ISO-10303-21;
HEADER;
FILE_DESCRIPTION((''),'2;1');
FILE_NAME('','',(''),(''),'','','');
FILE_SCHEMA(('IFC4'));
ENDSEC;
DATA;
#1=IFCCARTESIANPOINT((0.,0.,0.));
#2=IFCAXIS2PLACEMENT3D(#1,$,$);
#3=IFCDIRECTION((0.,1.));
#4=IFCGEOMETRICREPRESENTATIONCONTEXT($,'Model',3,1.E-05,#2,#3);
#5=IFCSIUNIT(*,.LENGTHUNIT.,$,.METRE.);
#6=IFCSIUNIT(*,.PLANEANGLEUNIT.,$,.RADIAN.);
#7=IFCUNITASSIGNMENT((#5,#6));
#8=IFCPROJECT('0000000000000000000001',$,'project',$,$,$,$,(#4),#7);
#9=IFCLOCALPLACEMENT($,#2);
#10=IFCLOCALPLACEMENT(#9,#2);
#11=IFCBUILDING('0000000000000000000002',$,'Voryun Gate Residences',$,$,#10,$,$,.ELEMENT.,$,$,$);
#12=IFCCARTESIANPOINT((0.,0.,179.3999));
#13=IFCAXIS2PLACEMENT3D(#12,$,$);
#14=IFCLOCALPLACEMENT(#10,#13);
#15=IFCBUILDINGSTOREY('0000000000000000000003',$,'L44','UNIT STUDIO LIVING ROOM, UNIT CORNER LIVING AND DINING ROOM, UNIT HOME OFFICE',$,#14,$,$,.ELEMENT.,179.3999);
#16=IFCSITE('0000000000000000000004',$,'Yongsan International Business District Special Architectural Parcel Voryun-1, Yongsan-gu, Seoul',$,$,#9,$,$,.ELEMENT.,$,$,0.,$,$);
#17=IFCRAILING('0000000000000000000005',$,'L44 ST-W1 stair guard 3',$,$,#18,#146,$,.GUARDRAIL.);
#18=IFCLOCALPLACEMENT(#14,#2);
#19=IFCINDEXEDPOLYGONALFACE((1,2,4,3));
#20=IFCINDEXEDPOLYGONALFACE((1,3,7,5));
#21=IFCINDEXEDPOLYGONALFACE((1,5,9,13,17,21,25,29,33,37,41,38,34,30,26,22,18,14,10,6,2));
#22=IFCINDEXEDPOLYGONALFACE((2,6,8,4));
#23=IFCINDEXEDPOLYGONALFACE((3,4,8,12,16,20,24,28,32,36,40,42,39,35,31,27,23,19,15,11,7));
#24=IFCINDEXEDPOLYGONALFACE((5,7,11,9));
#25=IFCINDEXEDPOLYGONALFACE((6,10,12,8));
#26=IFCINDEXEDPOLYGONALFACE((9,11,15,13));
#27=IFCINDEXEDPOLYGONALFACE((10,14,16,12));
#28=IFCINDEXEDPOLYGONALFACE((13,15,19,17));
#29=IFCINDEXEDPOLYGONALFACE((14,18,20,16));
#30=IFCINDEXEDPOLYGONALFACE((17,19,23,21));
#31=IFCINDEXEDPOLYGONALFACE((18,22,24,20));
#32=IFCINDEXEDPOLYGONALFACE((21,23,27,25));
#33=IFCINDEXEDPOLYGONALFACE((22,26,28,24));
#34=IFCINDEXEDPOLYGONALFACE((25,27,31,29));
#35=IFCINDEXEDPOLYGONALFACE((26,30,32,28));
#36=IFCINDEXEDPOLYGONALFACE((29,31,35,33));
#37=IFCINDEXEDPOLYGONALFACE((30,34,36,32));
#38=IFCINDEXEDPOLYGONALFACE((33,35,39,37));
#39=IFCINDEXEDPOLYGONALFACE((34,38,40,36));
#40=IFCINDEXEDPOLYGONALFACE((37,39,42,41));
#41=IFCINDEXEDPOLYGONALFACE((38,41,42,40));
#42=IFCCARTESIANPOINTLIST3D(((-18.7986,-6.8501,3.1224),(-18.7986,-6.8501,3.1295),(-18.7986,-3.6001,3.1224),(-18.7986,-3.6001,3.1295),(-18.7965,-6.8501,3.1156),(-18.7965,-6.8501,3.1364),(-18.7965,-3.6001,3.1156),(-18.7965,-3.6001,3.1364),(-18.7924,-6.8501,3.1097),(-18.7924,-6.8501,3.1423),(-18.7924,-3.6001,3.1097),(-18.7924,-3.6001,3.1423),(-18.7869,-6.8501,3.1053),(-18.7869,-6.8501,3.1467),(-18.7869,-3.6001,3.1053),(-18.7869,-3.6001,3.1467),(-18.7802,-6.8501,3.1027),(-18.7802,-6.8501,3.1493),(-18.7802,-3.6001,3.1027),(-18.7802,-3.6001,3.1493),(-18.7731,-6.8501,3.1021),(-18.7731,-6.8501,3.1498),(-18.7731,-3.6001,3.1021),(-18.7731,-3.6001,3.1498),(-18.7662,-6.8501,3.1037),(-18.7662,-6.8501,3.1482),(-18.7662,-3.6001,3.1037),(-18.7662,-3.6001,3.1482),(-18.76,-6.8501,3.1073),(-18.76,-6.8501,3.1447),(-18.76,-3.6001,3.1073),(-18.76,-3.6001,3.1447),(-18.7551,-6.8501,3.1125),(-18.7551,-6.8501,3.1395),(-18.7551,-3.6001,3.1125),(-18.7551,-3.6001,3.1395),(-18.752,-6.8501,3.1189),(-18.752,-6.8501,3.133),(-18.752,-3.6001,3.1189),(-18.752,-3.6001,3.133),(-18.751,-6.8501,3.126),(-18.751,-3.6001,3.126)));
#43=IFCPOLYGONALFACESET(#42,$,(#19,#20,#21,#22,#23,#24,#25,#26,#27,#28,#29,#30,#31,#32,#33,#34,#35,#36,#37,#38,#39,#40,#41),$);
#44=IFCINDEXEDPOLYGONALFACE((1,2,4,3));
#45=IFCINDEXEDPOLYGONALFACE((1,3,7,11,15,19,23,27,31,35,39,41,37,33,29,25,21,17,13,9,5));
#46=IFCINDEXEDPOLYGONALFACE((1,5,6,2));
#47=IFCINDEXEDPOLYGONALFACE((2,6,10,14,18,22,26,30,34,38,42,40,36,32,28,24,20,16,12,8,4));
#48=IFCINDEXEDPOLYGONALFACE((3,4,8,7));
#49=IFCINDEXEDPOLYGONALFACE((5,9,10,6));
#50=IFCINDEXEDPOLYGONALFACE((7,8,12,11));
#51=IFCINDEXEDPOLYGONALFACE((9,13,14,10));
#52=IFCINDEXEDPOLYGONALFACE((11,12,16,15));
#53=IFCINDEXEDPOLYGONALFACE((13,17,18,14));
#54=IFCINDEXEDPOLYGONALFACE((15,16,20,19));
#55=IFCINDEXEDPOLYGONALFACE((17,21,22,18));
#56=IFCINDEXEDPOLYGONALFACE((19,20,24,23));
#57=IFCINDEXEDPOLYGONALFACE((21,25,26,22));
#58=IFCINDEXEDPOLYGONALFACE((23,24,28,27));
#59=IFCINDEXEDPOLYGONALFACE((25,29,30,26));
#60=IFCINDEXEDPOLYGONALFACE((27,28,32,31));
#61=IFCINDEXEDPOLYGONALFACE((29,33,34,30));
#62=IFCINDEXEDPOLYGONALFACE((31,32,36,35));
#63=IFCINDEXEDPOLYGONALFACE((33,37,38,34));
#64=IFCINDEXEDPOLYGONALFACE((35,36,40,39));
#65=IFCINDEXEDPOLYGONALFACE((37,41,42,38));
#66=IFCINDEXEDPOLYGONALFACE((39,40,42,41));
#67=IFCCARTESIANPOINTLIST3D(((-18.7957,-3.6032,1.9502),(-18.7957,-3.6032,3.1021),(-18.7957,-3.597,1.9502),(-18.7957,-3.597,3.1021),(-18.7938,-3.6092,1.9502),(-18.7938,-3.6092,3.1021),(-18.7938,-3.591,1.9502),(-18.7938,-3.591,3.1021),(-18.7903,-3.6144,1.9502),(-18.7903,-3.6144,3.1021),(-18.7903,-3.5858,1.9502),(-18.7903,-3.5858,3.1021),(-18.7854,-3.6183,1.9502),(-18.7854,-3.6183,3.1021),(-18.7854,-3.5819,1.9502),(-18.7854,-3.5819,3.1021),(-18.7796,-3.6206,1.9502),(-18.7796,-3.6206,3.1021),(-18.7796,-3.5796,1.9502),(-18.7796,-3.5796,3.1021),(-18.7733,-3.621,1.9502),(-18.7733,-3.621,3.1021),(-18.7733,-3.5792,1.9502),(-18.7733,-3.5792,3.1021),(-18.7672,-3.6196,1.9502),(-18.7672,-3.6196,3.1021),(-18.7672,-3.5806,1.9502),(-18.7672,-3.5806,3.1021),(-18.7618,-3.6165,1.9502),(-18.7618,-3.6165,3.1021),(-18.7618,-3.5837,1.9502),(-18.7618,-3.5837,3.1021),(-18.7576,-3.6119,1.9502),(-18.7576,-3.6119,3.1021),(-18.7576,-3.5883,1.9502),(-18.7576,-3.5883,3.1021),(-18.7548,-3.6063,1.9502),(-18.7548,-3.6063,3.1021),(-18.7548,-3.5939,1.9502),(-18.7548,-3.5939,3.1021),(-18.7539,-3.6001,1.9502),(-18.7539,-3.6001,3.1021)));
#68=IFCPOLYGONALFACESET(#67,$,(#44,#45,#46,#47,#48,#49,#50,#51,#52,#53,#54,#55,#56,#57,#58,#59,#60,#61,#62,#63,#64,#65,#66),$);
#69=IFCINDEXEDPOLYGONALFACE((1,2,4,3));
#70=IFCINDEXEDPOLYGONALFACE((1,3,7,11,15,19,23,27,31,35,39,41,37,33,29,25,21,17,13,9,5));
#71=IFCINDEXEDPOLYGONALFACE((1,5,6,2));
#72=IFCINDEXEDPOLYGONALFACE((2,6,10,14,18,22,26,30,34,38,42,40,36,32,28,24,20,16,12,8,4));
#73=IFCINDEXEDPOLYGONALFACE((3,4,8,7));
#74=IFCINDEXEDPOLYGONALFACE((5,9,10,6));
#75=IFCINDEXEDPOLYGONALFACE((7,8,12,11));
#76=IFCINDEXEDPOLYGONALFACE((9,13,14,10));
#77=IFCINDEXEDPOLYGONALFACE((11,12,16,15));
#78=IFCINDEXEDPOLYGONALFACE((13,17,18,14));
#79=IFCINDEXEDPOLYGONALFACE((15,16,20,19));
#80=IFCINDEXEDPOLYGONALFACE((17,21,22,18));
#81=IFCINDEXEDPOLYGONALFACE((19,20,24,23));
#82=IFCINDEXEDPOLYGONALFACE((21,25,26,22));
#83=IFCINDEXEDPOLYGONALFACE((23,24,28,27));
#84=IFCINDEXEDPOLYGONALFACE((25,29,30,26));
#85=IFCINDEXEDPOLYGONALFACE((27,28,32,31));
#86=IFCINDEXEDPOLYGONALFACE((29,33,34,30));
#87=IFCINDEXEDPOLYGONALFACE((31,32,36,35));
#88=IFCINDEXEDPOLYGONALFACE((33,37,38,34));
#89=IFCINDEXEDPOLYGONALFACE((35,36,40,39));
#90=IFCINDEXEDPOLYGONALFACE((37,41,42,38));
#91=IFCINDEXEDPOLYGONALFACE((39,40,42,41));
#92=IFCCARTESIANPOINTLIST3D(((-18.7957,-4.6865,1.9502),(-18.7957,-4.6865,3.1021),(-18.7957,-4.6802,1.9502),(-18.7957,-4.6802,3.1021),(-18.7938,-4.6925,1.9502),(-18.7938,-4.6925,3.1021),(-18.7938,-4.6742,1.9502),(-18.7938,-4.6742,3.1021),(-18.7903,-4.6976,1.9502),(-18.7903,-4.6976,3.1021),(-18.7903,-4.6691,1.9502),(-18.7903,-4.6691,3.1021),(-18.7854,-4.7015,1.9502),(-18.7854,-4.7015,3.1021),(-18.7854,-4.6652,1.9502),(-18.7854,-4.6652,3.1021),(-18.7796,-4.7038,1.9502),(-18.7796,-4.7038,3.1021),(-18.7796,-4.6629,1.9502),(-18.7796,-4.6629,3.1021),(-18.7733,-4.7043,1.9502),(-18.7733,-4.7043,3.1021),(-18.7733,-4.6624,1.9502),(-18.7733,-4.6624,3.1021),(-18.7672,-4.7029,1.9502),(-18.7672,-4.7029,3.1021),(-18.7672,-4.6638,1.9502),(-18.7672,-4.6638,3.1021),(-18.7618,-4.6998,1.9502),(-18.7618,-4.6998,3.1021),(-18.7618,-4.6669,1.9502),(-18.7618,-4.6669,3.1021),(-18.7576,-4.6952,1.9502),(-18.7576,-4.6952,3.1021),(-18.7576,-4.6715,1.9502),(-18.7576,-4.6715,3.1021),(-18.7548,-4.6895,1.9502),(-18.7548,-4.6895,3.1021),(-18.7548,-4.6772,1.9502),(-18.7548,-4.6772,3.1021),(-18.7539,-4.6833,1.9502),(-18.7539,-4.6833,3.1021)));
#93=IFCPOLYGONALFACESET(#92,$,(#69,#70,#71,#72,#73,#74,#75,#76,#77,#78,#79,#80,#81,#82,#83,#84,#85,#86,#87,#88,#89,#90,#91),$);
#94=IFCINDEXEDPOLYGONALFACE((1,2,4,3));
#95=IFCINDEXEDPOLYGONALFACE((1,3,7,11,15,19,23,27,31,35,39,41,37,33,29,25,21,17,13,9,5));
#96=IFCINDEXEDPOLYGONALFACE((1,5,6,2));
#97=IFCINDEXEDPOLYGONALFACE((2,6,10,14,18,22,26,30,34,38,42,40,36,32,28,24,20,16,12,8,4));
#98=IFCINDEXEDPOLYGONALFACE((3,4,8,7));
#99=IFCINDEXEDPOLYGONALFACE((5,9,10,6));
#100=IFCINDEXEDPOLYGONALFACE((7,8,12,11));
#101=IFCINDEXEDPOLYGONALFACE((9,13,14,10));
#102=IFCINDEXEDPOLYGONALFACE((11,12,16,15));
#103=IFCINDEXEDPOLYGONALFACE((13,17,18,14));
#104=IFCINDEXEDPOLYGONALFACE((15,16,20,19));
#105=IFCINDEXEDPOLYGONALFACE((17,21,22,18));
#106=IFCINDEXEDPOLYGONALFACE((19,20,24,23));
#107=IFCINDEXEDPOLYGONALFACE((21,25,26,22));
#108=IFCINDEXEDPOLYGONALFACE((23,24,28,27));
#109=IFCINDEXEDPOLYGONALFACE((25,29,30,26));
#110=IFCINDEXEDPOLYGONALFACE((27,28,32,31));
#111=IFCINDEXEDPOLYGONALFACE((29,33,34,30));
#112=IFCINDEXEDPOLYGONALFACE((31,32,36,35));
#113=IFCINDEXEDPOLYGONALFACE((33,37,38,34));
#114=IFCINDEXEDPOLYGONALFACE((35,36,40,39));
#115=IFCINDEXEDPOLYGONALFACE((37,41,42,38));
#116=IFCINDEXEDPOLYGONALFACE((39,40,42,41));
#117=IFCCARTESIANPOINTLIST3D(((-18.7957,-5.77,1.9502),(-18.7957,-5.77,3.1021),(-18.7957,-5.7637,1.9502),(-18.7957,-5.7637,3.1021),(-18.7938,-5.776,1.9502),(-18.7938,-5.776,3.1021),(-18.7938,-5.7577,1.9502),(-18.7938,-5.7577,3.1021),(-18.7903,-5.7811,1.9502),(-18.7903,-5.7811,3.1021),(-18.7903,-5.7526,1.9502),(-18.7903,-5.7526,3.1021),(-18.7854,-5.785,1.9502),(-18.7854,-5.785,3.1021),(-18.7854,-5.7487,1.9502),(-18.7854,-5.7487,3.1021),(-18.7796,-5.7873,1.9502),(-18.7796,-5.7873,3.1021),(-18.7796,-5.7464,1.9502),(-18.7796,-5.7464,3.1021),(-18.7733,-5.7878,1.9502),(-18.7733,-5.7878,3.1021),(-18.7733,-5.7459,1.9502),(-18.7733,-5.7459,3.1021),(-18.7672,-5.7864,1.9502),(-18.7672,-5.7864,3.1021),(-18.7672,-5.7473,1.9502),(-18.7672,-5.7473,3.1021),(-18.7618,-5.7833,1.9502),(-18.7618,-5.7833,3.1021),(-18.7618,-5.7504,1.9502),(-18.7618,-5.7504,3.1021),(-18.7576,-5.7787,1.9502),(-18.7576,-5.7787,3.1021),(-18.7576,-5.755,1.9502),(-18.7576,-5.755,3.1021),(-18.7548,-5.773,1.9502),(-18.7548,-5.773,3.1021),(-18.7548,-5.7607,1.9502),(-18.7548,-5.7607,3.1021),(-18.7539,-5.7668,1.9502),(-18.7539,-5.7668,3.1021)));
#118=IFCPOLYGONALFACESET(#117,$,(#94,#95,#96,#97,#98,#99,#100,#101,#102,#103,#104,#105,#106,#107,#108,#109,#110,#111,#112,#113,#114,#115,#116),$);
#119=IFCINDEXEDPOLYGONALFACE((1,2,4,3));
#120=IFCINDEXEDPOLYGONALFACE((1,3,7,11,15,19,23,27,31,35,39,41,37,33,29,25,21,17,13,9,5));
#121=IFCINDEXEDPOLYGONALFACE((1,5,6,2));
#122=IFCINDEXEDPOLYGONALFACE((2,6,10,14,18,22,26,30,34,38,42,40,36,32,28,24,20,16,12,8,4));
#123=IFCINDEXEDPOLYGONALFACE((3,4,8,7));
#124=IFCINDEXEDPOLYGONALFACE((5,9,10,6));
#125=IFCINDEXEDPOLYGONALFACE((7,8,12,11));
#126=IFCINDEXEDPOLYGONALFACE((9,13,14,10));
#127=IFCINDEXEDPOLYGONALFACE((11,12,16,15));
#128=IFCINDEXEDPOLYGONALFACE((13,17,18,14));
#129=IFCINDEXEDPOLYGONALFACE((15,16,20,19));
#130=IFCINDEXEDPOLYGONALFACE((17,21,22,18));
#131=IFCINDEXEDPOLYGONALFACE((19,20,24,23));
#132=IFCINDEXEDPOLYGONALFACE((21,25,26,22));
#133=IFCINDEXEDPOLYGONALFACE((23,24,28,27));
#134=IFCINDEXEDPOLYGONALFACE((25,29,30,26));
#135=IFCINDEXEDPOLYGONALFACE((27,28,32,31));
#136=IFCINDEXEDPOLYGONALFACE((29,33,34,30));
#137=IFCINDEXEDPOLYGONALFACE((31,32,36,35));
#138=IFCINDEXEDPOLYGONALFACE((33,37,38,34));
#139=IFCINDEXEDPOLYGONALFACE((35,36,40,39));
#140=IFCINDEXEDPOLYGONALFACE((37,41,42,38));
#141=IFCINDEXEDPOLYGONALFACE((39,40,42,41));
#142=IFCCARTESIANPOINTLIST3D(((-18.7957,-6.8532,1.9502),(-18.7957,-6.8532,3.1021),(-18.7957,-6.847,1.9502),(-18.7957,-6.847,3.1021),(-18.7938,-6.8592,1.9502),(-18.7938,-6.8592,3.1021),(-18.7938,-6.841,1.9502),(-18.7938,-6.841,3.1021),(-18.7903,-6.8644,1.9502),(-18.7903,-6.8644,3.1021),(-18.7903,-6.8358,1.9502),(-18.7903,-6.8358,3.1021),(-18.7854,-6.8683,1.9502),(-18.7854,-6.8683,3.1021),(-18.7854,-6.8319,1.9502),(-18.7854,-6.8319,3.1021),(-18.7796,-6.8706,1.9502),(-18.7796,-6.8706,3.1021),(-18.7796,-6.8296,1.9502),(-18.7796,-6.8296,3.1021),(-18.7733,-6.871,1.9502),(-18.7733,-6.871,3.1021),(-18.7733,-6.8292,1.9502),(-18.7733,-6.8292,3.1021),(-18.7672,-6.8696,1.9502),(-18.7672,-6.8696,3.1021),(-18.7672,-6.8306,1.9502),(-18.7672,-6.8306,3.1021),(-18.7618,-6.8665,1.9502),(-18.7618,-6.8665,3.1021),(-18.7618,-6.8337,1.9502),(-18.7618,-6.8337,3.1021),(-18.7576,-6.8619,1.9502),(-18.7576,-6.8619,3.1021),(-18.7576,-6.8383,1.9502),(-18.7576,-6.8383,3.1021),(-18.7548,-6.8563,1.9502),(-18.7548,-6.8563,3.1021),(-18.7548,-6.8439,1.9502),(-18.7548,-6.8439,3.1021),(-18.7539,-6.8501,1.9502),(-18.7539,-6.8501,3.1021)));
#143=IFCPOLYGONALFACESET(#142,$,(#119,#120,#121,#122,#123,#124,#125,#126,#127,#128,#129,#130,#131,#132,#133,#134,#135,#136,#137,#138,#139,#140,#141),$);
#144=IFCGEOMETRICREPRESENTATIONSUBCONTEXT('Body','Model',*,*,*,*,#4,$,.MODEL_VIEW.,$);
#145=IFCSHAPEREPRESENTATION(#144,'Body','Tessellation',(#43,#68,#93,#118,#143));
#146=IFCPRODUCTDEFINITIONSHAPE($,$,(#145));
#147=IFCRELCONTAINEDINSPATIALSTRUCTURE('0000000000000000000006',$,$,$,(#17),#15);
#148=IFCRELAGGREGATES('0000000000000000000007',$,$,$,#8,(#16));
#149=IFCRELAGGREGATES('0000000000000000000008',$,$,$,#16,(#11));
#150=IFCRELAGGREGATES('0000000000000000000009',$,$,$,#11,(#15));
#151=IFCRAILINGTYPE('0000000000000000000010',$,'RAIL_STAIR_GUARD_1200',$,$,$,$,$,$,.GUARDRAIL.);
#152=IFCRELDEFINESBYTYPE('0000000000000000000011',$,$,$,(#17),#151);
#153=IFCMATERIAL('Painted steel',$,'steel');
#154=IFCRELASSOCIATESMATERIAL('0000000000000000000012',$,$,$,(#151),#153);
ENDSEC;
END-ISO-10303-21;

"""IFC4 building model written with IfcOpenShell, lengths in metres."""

from ifc_helpers import new_model, si_unit, direction, frame, origin, origin_2d, place, context, subcontext, project, spatial, circle, extrude, material, type_object, element, save


model = new_model("IFC4")

# Units and contexts
model_context = context("Model", 3, precision=1e-05, world=origin(), true_north=direction((0.0, 1.0)))
body_context = subcontext(model_context, "Body", "Model", "MODEL_VIEW")
ifc_project = project(units=[si_unit("LENGTHUNIT", "METRE"), si_unit("PLANEANGLEUNIT", "RADIAN")], contexts=[model_context])

# Site, building, storey
site_placement = place(None, origin())
site = spatial("IfcSite", under=ifc_project, at=site_placement, Name="Yongsan International Business District Special Architectural Parcel Voryun-1, Yongsan-gu, Seoul", CompositionType="ELEMENT", RefElevation=0.0)
building_placement = place(site_placement, origin())
building = spatial("IfcBuilding", under=site, at=building_placement, Name="Voryun Gate Residences", CompositionType="ELEMENT")
storey_placement = place(building_placement, frame((0.0, 0.0, 179.3999)))
storey = spatial("IfcBuildingStorey", under=building, at=storey_placement, Name="L44", Description="UNIT STUDIO LIVING ROOM, UNIT CORNER LIVING AND DINING ROOM, UNIT HOME OFFICE", CompositionType="ELEMENT", Elevation=179.3999)

# Railing
ifc_material_1 = material(Name="Painted steel", Category="steel")
railing_type_1 = type_object("IfcRailingType", Name="RAIL_STAIR_GUARD_1200", PredefinedType="GUARDRAIL", material=ifc_material_1)
railing_1_placement = place(storey_placement, frame((-18.7749, -3.6001, 1.9502)))
element("IfcRailing", 1, at=railing_1_placement, inside=storey, type_object=railing_type_1, Name="L44 ST-W1 stair guard 3", PredefinedType="GUARDRAIL", context=body_context, shape_type="SweptSolid", body=[
    extrude(circle(Radius=0.0239, at=origin_2d()), frame((0.0, 0.0, 1.1758), z_axis=(0.0, -1.0, 0.0), x_axis=(1.0, 0.0, 0.0)), (0.0, 0.0, 1.0), 3.25),
    extrude(circle(Radius=0.021, at=origin_2d()), origin(), (0.0, 0.0, 1.0), 1.1519),
    extrude(circle(Radius=0.021, at=origin_2d()), frame((0.0, -1.0833, 0.0)), (0.0, 0.0, 1.0), 1.1519),
    extrude(circle(Radius=0.021, at=origin_2d()), frame((0.0, -2.1667, 0.0)), (0.0, 0.0, 1.0), 1.1519),
    extrude(circle(Radius=0.021, at=origin_2d()), frame((0.0, -3.25, 0.0)), (0.0, 0.0, 1.0), 1.1519),
])

save(model, "model.ifc")
